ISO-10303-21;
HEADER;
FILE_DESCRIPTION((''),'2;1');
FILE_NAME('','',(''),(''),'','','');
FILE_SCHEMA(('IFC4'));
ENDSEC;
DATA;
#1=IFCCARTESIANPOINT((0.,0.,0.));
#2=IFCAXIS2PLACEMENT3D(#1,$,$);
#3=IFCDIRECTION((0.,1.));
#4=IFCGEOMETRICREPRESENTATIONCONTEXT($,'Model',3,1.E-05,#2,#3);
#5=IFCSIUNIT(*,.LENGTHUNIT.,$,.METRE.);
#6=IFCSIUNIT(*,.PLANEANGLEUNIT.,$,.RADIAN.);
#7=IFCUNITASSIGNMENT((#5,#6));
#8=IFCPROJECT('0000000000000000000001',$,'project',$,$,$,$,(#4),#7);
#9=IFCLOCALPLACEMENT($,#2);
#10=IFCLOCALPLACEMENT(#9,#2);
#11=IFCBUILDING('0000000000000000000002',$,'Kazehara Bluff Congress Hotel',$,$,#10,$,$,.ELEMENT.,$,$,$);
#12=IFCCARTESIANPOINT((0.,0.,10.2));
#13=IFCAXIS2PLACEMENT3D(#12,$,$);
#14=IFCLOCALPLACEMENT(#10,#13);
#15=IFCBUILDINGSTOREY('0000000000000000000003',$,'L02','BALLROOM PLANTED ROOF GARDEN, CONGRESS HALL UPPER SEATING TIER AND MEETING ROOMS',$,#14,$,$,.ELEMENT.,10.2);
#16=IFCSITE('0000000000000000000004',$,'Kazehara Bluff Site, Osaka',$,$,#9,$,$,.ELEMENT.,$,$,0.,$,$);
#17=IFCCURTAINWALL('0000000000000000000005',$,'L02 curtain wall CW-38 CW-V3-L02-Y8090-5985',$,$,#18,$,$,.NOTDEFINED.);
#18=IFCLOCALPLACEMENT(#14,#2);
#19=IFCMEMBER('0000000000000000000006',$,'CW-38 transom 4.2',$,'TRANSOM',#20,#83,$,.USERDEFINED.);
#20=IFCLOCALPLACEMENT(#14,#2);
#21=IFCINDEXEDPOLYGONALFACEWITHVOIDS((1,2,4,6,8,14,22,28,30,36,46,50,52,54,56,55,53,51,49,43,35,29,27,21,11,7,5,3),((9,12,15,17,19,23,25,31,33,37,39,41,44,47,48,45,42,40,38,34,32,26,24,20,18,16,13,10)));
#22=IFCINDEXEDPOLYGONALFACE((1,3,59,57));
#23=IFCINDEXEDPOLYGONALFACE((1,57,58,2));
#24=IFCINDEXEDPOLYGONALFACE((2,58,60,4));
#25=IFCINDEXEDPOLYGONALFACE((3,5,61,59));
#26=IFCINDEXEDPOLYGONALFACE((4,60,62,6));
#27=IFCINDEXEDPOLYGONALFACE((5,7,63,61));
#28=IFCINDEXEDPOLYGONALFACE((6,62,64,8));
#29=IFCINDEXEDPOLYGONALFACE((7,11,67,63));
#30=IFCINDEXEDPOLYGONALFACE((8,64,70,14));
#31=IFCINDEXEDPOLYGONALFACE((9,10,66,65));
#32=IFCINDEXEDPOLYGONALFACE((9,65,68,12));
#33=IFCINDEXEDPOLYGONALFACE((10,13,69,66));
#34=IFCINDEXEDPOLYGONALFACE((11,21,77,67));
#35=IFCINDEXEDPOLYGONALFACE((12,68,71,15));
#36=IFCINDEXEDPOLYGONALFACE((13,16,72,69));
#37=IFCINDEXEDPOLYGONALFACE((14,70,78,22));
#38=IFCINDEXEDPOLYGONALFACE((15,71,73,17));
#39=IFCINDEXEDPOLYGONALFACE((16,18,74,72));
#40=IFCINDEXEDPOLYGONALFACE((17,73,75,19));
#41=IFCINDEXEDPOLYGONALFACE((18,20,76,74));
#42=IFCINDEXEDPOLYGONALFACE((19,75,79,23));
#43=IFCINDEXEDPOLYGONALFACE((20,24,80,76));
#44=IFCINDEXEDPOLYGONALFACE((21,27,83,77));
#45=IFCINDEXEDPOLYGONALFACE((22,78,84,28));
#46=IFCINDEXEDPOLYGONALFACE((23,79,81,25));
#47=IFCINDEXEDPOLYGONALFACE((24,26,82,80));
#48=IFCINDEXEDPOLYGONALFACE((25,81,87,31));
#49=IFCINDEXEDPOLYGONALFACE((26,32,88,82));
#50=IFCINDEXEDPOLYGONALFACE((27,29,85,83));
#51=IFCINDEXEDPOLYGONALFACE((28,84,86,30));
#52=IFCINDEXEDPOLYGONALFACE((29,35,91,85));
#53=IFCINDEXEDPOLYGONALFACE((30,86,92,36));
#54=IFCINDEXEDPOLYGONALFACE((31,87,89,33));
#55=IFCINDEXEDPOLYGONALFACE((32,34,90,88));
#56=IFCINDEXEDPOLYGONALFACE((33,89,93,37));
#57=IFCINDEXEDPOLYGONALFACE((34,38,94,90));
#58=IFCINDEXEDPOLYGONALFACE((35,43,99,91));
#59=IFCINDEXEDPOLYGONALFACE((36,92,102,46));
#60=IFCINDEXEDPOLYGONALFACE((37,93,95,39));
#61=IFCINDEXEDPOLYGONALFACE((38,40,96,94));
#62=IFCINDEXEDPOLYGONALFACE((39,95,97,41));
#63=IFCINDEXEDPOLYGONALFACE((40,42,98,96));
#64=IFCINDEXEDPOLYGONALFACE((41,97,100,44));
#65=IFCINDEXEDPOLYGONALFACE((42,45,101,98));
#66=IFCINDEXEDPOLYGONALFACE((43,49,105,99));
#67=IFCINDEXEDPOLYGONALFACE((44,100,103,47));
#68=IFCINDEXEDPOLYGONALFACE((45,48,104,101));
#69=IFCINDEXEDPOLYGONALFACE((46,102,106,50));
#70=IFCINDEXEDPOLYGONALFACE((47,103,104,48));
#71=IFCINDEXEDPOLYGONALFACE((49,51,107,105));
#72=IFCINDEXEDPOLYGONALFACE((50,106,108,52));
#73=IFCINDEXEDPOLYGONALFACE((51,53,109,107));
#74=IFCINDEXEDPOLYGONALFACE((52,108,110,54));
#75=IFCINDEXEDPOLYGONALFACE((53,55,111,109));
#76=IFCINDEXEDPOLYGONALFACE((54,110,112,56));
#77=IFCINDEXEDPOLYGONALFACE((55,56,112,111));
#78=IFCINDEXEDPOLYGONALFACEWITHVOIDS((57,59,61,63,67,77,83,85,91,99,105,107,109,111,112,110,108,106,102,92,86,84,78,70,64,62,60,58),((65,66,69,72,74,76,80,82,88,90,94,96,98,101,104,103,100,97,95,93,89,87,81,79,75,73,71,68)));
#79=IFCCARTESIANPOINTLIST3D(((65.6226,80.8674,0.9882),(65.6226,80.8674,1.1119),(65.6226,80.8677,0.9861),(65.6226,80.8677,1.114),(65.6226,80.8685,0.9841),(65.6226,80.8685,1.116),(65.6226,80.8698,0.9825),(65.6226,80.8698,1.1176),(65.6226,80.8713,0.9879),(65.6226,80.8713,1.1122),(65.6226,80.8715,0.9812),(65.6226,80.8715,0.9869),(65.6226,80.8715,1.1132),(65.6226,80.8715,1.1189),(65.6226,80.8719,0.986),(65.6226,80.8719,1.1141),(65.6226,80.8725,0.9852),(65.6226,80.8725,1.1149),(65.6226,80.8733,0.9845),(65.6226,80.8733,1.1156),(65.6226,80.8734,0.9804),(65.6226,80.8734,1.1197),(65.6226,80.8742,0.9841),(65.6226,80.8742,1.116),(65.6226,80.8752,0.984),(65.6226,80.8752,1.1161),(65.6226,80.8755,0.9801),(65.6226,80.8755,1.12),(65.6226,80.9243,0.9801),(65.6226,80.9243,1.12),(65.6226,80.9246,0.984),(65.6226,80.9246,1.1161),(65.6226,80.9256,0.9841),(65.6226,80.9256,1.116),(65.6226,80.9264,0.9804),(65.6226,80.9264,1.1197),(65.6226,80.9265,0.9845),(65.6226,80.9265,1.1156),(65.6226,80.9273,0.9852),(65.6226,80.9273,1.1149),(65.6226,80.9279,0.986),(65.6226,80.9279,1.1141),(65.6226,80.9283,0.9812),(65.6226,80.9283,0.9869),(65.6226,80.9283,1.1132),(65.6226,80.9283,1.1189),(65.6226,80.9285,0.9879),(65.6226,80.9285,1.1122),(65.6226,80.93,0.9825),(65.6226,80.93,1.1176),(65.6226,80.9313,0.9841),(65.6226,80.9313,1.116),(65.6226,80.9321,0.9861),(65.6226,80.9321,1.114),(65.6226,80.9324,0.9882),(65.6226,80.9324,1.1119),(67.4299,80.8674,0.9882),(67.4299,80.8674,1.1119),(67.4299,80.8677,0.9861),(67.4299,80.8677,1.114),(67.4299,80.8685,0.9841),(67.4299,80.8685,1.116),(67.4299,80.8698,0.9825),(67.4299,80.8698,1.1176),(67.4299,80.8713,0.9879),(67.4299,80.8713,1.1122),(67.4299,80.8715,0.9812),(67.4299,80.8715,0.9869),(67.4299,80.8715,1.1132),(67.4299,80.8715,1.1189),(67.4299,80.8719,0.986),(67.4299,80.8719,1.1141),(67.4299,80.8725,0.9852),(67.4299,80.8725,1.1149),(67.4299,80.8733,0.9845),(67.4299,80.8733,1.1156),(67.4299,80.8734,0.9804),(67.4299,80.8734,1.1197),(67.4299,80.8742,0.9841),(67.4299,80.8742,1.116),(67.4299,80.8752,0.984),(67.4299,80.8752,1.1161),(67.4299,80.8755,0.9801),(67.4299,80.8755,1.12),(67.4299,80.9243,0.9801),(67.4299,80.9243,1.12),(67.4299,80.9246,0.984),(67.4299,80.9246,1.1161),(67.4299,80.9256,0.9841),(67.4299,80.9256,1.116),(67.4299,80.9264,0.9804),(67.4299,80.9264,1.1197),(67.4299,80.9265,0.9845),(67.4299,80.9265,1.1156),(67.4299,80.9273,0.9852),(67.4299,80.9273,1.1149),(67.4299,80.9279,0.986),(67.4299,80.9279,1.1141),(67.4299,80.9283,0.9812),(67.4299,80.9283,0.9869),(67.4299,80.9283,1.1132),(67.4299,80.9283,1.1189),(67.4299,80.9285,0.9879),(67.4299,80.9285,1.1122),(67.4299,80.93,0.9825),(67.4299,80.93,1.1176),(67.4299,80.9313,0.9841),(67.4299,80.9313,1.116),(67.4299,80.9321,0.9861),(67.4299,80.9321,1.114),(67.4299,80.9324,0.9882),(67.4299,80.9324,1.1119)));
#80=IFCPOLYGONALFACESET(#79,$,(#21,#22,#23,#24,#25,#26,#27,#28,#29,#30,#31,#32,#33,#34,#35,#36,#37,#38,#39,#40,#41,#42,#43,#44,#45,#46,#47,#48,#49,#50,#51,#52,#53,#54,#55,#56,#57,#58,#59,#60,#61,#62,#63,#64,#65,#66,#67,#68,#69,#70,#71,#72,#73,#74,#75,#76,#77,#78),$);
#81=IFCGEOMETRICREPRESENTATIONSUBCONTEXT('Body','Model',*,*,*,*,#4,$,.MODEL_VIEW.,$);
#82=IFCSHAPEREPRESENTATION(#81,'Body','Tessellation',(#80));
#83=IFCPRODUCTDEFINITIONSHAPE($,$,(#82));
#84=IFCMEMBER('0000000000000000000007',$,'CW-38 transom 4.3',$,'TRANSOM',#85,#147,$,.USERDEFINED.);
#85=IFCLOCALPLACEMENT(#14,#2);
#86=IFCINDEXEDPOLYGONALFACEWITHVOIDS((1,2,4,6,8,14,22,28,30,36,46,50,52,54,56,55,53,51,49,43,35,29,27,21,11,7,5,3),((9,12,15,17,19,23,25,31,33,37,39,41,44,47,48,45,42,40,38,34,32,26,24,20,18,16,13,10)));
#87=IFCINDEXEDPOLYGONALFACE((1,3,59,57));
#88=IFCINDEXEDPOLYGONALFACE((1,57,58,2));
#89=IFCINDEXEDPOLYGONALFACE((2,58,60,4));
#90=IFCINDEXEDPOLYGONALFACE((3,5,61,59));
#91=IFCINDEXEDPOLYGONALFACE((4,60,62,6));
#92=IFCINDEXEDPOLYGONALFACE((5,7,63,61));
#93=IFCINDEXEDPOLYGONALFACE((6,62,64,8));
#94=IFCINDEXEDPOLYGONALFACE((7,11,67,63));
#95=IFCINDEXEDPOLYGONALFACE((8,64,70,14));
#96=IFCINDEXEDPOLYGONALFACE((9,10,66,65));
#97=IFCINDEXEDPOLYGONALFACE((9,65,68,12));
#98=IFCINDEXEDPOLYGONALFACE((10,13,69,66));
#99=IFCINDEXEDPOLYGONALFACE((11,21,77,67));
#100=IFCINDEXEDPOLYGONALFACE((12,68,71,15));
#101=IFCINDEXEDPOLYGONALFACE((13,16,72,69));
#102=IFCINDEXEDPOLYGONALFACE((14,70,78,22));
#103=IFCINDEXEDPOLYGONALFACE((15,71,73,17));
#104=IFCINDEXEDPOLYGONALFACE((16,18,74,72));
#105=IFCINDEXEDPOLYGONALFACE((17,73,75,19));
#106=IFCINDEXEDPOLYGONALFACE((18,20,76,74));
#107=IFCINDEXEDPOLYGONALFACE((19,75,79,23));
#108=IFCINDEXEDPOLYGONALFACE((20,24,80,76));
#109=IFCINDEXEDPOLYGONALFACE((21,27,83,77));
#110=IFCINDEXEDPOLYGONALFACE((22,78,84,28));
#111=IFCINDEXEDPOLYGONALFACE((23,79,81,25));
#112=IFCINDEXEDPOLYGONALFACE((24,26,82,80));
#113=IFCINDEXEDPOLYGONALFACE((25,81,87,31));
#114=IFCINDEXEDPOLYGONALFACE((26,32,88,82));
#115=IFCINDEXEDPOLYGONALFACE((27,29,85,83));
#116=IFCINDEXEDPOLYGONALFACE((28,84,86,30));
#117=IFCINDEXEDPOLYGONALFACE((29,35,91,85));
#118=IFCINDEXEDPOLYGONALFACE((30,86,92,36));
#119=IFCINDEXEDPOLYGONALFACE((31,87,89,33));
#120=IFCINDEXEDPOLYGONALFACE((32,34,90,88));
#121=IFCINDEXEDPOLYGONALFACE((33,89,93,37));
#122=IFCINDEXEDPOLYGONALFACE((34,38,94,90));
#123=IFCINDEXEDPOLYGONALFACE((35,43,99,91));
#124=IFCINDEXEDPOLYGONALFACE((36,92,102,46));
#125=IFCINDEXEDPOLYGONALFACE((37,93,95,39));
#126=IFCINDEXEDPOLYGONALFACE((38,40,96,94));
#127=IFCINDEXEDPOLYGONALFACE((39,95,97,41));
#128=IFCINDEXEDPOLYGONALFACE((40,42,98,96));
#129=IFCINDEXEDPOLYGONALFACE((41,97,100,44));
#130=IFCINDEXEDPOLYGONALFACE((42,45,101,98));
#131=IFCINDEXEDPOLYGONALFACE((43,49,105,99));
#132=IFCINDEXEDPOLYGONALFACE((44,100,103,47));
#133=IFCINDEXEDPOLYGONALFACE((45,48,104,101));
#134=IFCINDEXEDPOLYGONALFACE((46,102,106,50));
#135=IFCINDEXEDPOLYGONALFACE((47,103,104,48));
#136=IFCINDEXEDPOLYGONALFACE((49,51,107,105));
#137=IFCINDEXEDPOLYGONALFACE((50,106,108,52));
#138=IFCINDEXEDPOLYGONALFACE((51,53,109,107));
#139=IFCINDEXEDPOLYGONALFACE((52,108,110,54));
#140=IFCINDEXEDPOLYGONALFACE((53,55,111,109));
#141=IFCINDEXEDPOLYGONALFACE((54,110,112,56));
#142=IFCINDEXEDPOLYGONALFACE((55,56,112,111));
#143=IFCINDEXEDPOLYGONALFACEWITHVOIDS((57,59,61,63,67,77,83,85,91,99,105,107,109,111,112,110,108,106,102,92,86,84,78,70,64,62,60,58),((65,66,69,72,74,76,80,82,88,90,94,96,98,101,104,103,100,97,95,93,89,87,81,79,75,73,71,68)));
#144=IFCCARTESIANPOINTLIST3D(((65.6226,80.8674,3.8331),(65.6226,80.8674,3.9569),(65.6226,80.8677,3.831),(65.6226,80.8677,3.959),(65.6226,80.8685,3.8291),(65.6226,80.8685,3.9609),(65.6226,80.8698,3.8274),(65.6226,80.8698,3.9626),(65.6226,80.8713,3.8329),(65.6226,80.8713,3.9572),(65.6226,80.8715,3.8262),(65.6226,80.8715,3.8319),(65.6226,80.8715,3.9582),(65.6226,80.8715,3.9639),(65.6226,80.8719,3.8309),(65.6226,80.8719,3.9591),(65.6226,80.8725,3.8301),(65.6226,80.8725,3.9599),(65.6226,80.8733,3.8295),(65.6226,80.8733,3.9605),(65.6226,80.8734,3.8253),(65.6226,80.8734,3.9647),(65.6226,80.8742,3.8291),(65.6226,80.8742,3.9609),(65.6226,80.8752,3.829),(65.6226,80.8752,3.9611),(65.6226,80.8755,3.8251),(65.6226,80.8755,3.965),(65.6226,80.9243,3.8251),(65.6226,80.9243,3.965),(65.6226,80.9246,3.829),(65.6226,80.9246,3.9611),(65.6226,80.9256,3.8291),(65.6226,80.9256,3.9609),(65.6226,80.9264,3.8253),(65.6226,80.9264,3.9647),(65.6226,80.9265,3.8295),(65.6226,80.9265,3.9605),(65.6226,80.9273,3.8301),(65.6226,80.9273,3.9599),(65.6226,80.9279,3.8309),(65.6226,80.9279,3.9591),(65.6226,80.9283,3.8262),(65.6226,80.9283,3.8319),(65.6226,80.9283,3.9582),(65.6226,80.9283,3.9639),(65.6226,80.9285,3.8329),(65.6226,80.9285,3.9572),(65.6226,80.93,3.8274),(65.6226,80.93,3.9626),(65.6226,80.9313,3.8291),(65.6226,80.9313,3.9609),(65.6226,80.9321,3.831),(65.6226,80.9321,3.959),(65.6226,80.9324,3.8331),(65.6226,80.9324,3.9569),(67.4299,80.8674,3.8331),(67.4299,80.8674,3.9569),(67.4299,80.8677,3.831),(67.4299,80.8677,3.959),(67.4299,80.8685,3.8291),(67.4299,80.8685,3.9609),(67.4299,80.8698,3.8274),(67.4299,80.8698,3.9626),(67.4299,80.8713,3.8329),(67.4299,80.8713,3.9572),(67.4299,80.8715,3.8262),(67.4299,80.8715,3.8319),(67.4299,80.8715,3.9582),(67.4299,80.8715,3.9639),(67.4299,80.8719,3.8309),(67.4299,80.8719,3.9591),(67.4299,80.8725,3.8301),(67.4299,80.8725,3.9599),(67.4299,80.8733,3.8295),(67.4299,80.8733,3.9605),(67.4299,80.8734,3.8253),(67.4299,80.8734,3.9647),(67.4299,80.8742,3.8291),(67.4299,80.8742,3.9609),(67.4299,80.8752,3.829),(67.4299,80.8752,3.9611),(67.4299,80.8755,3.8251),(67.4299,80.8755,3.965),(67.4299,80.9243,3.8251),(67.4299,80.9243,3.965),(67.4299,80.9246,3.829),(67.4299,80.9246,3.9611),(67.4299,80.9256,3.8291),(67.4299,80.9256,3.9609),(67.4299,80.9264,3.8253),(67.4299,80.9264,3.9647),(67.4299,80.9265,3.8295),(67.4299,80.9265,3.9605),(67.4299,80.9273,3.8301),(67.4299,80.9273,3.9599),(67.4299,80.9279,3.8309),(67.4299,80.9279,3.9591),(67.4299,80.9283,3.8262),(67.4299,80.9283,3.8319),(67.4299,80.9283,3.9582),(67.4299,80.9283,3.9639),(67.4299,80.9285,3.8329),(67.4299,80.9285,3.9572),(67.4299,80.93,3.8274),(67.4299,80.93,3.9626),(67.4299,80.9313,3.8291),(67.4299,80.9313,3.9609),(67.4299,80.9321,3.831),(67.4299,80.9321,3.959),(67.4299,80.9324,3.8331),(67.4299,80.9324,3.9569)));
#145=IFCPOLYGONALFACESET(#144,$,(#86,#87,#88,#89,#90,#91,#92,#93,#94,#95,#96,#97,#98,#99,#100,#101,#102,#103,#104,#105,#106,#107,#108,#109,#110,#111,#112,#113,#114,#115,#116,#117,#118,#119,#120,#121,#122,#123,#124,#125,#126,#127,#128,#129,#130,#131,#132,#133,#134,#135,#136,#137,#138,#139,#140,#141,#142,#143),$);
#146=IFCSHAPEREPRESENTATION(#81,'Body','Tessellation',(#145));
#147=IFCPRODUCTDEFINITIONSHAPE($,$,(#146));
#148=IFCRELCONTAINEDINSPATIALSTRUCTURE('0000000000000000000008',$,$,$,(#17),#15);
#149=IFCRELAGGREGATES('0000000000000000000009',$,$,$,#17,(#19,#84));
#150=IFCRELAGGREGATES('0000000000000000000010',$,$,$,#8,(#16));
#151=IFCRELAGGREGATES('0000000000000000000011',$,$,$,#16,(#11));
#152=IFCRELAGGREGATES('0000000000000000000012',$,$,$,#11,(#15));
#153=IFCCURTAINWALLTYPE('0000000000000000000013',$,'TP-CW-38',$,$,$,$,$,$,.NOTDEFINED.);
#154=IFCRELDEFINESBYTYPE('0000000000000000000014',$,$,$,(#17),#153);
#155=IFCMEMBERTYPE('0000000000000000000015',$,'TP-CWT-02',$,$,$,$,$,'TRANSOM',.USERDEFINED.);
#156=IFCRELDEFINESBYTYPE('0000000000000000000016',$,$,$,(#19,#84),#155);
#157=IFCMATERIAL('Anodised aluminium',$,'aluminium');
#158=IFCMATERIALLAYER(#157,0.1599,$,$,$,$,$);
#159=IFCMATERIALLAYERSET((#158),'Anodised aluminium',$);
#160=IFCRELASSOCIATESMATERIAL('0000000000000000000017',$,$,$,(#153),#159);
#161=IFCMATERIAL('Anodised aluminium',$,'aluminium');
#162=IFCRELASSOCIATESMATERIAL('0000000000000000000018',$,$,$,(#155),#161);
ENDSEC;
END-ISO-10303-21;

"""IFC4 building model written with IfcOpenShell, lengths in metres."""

from ifc_helpers import new_model, si_unit, direction, frame, origin, origin_2d, place, context, subcontext, project, spatial, hollow_rectangle, extrude, material, layer, layer_set, material_profile, profile_set, type_object, element, aggregate, save


model = new_model("IFC4")

# Units and contexts
model_context = context("Model", 3, precision=1e-05, world=origin(), true_north=direction((0.0, 1.0)))
body_context = subcontext(model_context, "Body", "Model", "MODEL_VIEW")
ifc_project = project(units=[si_unit("LENGTHUNIT", "METRE"), si_unit("PLANEANGLEUNIT", "RADIAN")], contexts=[model_context])

# Site, building, storey
site_placement = place(None, origin())
site = spatial("IfcSite", under=ifc_project, at=site_placement, Name="Kazehara Bluff Site, Osaka", CompositionType="ELEMENT", RefElevation=0.0)
building_placement = place(site_placement, origin())
building = spatial("IfcBuilding", under=site, at=building_placement, Name="Kazehara Bluff Congress Hotel", CompositionType="ELEMENT")
storey_placement = place(building_placement, frame((0.0, 0.0, 10.2)))
storey = spatial("IfcBuildingStorey", under=building, at=storey_placement, Name="L02", Description="BALLROOM PLANTED ROOF GARDEN, CONGRESS HALL UPPER SEATING TIER AND MEETING ROOMS", CompositionType="ELEMENT", Elevation=10.2)

# Curtain wall
ifc_material_1 = material(Name="Anodised aluminium", Category="aluminium")
ifc_layer_1 = layer(ifc_material_1, 0.1599)
ifc_layer_set_1 = layer_set([ifc_layer_1], Name="Anodised aluminium")
curtain_wall_type_1 = type_object("IfcCurtainWallType", Name="TP-CW-38", PredefinedType="NOTDEFINED", material=ifc_layer_set_1)
curtain_wall_1_placement = place(storey_placement, origin())
curtain_wall_1 = element("IfcCurtainWall", 1, at=curtain_wall_1_placement, inside=storey, type_object=curtain_wall_type_1, Name="L02 curtain wall CW-38 CW-V3-L02-Y8090-5985", PredefinedType="NOTDEFINED")

# Members
ifc_material_2 = material(Name="Anodised aluminium", Category="aluminium")
ifc_material_profile_1 = material_profile(ifc_material_2, hollow_rectangle(XDim=0.0649, YDim=0.1399, WallThickness=0.0039, InnerFilletRadius=0.0039, OuterFilletRadius=0.0081, at=origin_2d()))
ifc_profile_set_1 = profile_set([ifc_material_profile_1], Name="Anodised aluminium")
member_type_1 = type_object("IfcMemberType", Name="TP-CWT-02", ElementType="TRANSOM", PredefinedType="USERDEFINED", material=ifc_profile_set_1)
member_1_placement = place(storey_placement, frame((65.6226, 80.8999, 1.05), z_axis=(1.0, 0.0, 0.0), x_axis=(0.0, 1.0, 0.0)))
member_1 = element("IfcMember", 2, at=member_1_placement, type_object=member_type_1, Name="CW-38 transom 4.2", ObjectType="TRANSOM", PredefinedType="USERDEFINED", context=body_context, shape_type="SweptSolid", body=[
    extrude(hollow_rectangle(XDim=0.0649, YDim=0.1399, WallThickness=0.0039, InnerFilletRadius=0.0039, OuterFilletRadius=0.0081, at=origin_2d()), origin(), (0.0, 0.0, 1.0), 1.8074),
])
member_2_placement = place(storey_placement, frame((65.6226, 80.8999, 3.895), z_axis=(1.0, 0.0, 0.0), x_axis=(0.0, 1.0, 0.0)))
member_2 = element("IfcMember", 3, at=member_2_placement, type_object=member_type_1, Name="CW-38 transom 4.3", ObjectType="TRANSOM", PredefinedType="USERDEFINED", context=body_context, shape_type="SweptSolid", body=[
    extrude(hollow_rectangle(XDim=0.0649, YDim=0.1399, WallThickness=0.0039, InnerFilletRadius=0.0039, OuterFilletRadius=0.0081, at=origin_2d()), origin(), (0.0, 0.0, 1.0), 1.8074),
])

aggregate(curtain_wall_1, [member_1, member_2])

save(model, "model.ifc")
